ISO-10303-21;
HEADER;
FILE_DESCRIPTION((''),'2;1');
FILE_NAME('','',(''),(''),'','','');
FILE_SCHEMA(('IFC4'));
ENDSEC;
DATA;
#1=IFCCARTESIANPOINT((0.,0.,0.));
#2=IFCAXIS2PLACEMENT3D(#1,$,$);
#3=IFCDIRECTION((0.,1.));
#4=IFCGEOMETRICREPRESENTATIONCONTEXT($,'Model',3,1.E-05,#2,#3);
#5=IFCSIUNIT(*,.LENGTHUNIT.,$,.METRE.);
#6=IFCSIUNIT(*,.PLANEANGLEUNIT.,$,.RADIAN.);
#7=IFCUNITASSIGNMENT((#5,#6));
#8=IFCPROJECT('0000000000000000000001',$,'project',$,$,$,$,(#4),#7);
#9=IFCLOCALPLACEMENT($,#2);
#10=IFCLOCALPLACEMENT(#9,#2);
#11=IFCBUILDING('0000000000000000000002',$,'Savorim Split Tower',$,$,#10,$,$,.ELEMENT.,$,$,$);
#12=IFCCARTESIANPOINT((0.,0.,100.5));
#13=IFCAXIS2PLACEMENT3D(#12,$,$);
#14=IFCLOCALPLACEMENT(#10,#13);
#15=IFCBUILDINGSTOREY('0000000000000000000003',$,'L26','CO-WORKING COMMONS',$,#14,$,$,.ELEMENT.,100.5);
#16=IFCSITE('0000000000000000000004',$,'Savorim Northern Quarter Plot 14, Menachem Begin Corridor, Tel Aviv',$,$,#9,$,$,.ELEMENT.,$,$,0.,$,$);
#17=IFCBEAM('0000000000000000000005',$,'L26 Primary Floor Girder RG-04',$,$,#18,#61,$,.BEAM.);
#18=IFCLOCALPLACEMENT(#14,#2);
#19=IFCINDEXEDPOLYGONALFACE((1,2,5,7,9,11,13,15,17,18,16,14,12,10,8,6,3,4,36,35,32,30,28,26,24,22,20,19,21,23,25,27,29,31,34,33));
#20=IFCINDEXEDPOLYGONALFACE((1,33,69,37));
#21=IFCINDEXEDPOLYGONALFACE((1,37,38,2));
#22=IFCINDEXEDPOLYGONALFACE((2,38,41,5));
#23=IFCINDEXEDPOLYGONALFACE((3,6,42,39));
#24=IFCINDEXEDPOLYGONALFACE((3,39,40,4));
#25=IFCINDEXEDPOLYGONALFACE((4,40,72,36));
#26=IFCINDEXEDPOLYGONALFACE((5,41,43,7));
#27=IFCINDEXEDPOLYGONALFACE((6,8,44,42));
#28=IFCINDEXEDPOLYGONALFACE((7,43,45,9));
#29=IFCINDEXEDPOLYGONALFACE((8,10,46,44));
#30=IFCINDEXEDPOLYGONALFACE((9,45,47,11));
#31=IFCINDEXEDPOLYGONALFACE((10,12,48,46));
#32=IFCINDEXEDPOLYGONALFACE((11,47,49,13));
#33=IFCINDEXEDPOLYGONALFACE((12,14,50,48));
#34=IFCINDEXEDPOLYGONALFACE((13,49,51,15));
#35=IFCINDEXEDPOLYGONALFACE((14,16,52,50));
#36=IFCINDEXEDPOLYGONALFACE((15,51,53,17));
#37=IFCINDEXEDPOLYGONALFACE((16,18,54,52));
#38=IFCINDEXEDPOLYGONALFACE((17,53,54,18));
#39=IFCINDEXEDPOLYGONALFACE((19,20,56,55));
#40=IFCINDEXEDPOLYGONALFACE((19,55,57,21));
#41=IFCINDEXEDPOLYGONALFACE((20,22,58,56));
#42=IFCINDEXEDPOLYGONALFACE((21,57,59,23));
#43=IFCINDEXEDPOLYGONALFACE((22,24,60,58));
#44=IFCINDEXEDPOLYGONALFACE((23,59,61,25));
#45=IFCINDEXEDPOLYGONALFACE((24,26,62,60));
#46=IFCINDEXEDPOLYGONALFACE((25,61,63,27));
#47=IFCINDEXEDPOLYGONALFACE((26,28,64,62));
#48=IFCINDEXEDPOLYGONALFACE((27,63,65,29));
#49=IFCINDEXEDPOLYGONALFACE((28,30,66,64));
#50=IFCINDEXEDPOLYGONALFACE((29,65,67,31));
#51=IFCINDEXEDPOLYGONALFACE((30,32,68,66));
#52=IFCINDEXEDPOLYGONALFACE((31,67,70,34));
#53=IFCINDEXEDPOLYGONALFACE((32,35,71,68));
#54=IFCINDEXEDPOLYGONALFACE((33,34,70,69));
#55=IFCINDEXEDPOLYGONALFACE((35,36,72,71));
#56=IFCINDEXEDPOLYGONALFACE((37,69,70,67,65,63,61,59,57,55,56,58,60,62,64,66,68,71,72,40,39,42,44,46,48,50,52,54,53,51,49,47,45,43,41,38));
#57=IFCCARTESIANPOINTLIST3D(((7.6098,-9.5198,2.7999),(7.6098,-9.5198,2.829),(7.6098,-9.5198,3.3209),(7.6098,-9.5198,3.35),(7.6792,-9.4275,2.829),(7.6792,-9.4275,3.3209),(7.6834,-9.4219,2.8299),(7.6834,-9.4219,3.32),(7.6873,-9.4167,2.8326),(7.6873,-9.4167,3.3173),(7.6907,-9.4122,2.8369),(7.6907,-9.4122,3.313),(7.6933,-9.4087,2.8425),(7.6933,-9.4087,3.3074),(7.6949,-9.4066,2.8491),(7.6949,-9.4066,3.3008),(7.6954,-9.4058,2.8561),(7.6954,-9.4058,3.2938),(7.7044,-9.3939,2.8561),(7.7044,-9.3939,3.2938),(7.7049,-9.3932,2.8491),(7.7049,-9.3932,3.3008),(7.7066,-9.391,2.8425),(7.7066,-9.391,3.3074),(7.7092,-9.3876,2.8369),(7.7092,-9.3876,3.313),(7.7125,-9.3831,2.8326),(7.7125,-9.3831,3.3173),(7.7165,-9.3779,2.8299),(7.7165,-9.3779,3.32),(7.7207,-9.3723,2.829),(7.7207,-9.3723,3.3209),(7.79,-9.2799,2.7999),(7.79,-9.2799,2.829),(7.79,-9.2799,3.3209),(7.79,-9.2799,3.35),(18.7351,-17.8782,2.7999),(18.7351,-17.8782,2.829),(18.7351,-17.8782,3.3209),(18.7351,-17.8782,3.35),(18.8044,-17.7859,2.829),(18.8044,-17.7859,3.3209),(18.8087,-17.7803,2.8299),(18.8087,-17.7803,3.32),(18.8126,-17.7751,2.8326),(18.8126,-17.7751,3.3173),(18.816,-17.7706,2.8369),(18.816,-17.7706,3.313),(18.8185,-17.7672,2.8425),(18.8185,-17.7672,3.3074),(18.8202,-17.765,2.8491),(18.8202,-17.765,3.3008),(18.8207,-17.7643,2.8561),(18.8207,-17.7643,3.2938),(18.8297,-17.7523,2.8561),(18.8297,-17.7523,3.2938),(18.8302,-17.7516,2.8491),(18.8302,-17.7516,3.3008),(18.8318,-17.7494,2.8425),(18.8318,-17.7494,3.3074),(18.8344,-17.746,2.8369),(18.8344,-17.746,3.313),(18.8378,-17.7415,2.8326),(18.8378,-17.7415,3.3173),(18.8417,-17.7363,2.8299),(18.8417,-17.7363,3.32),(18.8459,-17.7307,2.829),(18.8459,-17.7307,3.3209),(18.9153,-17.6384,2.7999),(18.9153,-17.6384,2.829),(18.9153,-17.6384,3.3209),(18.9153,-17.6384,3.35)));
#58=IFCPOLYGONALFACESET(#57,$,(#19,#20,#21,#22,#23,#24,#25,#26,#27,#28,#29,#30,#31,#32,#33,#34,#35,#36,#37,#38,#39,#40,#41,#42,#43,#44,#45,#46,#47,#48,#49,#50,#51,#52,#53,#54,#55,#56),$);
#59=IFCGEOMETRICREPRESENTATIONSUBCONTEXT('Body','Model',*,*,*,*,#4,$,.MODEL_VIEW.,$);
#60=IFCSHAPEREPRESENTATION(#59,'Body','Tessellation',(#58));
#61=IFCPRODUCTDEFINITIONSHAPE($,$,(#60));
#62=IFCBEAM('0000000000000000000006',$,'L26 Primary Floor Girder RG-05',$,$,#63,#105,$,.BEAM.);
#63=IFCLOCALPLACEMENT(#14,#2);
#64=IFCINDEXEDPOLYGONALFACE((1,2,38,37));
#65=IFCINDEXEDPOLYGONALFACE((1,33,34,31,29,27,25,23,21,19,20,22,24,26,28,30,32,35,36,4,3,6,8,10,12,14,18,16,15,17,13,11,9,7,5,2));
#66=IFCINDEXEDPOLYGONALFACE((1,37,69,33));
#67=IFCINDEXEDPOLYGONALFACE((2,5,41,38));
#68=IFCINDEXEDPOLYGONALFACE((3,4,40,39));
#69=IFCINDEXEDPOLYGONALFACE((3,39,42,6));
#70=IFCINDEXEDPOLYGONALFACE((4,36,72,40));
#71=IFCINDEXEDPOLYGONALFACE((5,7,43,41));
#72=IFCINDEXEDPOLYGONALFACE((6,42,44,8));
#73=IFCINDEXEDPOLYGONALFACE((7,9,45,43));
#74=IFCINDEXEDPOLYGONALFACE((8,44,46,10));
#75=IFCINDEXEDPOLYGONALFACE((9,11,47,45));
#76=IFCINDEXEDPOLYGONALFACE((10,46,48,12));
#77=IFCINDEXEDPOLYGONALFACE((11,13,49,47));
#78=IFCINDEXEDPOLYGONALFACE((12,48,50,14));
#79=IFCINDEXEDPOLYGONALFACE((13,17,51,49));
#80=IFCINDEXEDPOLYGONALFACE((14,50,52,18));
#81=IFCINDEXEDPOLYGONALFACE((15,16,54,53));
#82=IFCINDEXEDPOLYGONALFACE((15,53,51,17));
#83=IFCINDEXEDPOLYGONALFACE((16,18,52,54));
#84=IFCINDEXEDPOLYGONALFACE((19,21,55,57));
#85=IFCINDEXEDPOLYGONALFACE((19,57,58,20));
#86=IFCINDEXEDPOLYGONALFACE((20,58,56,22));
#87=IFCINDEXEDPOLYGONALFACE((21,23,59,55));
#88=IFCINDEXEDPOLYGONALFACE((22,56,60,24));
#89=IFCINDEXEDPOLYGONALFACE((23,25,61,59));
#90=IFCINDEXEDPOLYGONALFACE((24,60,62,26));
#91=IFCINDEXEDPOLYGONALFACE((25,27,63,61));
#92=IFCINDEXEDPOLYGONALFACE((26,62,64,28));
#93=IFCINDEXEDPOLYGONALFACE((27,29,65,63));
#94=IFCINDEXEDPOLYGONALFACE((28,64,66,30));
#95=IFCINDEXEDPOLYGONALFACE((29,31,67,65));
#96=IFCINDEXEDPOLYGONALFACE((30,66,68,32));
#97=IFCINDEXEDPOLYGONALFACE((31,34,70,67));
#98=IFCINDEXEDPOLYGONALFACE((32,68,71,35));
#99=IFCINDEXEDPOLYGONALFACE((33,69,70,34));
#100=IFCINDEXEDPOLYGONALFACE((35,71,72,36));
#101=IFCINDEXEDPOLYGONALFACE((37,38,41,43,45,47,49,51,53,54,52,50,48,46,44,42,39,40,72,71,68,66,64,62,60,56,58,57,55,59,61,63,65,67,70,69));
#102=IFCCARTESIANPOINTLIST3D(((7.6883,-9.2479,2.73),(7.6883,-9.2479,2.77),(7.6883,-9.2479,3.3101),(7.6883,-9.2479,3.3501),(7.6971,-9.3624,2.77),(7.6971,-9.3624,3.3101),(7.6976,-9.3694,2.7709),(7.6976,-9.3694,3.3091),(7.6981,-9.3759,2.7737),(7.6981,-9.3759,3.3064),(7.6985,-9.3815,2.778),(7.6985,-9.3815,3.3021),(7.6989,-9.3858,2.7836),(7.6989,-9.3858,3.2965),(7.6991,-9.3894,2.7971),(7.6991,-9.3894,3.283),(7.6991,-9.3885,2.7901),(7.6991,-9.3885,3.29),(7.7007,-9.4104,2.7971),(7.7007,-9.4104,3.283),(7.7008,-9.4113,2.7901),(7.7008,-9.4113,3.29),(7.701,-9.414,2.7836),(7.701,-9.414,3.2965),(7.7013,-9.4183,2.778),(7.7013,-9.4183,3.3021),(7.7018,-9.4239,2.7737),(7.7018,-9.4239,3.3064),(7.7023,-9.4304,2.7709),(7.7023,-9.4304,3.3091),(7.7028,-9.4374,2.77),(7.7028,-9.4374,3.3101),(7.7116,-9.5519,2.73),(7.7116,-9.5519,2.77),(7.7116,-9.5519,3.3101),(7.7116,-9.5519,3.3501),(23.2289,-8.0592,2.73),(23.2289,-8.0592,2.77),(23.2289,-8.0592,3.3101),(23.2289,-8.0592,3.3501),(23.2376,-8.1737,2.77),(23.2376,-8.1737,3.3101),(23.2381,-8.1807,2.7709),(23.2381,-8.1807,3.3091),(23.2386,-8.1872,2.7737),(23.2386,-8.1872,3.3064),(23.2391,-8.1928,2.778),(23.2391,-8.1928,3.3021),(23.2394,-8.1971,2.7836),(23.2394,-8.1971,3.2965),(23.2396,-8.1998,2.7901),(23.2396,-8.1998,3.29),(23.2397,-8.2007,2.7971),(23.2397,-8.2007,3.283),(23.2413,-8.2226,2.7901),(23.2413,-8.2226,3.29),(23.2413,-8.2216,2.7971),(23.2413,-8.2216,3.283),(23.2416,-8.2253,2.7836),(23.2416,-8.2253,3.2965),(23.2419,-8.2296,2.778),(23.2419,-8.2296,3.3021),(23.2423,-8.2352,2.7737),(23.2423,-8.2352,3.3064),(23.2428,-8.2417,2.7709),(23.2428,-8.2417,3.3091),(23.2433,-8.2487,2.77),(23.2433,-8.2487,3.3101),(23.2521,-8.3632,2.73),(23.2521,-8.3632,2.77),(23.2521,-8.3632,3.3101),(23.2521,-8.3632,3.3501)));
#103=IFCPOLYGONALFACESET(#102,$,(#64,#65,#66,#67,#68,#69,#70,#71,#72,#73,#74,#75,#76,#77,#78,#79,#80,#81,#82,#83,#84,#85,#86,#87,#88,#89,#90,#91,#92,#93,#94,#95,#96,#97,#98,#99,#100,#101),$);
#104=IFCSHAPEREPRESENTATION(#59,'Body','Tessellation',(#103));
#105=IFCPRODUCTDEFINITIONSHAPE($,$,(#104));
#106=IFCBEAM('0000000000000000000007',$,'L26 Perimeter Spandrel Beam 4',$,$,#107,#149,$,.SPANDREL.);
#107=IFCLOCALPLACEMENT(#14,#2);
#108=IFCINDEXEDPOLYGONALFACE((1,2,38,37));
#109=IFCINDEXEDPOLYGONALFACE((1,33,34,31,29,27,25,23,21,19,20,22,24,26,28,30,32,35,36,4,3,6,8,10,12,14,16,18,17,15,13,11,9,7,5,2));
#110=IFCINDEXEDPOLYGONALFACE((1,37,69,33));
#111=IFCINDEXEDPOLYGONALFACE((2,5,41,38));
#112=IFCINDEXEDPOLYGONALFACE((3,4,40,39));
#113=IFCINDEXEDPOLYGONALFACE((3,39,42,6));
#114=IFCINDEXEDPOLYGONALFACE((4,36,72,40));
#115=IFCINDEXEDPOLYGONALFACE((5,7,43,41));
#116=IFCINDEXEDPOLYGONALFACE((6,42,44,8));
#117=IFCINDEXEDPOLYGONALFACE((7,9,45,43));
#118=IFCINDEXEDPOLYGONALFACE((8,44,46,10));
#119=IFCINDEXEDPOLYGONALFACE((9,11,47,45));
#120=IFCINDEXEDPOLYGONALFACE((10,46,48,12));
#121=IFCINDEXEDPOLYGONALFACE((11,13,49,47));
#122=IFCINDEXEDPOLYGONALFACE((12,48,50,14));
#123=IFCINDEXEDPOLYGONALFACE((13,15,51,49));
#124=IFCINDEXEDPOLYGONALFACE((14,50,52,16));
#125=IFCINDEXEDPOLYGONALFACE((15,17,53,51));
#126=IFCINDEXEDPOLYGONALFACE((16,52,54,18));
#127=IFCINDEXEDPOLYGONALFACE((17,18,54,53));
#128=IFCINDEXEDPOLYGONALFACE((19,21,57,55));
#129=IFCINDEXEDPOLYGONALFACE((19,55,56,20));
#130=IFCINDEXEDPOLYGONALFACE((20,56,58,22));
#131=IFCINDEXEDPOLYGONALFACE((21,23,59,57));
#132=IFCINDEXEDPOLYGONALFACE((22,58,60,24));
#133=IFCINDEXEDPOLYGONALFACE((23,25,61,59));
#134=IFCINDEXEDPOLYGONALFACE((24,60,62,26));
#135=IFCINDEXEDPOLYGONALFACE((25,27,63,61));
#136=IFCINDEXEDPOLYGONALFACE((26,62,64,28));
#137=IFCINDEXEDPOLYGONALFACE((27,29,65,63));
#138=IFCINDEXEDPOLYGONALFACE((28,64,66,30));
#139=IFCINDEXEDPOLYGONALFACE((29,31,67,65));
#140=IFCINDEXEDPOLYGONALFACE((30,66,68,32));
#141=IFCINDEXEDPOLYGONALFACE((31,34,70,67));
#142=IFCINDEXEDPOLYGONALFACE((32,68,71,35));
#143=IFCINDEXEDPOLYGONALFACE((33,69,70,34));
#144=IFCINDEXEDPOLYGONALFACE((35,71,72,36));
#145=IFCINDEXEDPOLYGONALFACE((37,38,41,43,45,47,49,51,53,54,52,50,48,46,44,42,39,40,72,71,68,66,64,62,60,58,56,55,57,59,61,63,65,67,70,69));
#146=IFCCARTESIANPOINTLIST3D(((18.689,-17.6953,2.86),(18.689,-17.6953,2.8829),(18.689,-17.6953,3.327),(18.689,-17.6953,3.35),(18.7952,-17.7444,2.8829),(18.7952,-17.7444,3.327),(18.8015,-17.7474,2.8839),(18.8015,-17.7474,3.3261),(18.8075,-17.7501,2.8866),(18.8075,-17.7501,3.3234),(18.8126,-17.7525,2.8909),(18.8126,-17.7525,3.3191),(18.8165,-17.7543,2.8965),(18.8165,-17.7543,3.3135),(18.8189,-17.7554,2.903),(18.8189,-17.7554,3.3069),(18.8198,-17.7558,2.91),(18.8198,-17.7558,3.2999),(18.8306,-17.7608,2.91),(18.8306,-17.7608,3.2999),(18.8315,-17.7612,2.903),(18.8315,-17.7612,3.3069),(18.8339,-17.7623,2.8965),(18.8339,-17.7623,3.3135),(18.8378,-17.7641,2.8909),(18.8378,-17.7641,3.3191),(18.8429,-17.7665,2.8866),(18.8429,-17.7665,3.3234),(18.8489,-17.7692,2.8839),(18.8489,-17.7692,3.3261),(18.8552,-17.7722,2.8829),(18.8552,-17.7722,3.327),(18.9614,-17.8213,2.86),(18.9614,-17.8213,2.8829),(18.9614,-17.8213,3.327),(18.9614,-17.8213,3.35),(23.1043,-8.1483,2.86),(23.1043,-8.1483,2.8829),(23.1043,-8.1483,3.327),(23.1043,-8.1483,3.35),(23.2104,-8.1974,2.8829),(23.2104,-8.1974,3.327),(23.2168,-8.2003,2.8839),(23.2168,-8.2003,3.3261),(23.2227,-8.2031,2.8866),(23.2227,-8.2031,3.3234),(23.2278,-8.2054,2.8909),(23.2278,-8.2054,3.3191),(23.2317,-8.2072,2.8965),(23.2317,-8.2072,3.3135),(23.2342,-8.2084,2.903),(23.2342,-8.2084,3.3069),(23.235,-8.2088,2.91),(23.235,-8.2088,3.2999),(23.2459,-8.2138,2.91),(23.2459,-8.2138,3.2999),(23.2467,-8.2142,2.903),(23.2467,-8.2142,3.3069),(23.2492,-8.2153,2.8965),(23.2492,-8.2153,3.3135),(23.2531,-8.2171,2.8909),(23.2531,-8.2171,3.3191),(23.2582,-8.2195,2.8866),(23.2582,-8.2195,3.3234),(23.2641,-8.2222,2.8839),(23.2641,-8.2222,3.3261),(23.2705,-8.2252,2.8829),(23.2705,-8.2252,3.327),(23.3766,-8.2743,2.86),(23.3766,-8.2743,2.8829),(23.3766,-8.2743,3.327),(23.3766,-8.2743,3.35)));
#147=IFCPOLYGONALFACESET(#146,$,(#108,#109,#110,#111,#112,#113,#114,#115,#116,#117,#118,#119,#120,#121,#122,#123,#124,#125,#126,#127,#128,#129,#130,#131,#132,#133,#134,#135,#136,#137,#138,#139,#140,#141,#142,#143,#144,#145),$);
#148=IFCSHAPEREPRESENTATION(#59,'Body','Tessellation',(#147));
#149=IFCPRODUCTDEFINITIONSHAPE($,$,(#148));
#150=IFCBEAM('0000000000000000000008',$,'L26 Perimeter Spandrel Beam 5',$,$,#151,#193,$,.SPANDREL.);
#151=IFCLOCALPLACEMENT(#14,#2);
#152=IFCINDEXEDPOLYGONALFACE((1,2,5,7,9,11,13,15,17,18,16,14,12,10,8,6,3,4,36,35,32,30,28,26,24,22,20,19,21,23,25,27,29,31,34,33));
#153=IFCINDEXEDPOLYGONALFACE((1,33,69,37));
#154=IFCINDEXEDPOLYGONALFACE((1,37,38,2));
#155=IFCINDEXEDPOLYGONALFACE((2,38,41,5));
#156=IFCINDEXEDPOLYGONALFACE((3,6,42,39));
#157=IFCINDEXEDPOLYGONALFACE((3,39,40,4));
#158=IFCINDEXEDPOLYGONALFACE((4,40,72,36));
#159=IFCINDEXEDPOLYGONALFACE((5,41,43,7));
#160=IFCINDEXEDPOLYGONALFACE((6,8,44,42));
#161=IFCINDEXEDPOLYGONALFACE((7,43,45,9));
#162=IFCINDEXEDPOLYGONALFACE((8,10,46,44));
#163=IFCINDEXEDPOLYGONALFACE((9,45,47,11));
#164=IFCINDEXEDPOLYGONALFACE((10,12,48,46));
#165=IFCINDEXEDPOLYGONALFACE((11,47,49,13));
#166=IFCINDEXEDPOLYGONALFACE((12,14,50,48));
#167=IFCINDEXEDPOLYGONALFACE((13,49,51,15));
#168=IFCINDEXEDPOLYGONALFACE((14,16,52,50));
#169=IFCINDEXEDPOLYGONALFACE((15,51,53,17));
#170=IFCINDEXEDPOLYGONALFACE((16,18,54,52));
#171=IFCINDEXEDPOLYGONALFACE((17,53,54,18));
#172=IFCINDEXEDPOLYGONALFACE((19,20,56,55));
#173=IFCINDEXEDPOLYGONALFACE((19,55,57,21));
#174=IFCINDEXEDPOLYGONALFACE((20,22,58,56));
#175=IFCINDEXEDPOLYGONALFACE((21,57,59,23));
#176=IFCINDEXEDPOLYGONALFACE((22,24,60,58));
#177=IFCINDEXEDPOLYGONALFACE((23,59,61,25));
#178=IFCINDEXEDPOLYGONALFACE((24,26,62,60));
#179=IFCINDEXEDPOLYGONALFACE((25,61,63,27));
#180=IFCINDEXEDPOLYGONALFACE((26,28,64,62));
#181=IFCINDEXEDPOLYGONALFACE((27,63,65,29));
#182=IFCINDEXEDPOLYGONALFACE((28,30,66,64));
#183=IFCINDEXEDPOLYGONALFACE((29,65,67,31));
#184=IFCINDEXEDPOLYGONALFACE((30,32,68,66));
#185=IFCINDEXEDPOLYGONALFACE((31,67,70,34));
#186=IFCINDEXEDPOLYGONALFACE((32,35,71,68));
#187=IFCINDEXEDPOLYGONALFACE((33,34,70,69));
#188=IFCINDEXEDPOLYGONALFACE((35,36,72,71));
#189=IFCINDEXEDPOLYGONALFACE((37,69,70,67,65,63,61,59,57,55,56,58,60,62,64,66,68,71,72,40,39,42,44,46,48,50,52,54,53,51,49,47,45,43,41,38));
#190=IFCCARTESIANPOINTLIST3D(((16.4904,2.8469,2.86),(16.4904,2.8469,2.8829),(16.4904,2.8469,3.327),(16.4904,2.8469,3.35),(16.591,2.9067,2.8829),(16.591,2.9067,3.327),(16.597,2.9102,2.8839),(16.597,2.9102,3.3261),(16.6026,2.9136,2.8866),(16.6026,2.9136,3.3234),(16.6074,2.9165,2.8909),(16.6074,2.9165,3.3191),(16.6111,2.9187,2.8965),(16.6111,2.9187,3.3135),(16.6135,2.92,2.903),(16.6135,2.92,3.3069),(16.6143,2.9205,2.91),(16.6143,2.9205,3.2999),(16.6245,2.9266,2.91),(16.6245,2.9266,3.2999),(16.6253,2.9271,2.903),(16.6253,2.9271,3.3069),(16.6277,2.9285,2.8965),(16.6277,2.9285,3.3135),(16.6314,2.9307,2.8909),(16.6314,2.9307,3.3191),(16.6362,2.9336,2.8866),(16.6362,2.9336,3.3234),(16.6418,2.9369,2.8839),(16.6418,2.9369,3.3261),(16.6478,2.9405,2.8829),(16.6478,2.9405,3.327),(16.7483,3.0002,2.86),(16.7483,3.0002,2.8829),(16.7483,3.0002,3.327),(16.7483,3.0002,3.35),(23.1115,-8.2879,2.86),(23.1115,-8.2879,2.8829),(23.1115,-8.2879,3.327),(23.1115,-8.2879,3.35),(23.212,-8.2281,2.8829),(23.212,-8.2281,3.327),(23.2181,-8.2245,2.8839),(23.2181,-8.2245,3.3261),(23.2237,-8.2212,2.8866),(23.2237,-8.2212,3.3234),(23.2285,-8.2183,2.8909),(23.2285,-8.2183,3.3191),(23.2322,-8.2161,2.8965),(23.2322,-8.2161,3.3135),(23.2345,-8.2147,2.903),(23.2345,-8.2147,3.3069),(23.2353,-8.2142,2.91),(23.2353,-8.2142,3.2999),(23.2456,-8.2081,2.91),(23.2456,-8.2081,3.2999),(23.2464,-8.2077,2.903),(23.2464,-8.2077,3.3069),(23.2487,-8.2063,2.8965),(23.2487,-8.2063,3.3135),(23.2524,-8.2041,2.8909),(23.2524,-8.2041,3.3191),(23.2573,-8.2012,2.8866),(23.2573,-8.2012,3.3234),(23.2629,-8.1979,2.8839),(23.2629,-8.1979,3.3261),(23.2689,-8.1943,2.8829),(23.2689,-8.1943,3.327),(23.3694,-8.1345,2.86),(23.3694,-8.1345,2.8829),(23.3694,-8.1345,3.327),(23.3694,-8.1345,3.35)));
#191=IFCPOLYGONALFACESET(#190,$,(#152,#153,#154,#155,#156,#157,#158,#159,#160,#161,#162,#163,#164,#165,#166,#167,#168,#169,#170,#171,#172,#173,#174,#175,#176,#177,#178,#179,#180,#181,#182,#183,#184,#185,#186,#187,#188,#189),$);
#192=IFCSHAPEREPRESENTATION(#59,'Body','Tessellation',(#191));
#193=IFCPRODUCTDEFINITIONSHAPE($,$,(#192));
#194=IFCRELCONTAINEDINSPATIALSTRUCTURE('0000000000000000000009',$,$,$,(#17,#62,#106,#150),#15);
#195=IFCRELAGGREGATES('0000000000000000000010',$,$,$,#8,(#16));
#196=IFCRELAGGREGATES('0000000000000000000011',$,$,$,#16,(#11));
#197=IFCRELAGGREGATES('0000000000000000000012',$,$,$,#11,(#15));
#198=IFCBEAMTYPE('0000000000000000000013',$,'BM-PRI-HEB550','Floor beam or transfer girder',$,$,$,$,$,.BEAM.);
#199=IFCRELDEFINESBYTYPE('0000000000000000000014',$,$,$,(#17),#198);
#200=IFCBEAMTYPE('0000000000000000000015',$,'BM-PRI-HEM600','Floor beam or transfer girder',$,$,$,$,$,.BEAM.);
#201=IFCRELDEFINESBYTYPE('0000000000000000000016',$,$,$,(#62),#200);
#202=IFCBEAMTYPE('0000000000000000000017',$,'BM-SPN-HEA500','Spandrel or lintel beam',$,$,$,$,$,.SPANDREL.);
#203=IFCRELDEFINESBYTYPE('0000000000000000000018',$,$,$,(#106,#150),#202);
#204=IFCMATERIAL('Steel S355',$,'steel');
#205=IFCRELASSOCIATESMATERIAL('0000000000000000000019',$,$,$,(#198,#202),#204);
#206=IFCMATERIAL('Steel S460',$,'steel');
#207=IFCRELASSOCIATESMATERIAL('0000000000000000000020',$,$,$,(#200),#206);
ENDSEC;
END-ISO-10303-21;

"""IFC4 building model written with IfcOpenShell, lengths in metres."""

from ifc_helpers import new_model, si_unit, direction, frame, origin, origin_2d, place, context, subcontext, project, spatial, i_section, extrude, material, material_profile, profile_set, type_object, element, save


model = new_model("IFC4")

# Units and contexts
model_context = context("Model", 3, precision=1e-05, world=origin(), true_north=direction((0.0, 1.0)))
body_context = subcontext(model_context, "Body", "Model", "MODEL_VIEW")
ifc_project = project(units=[si_unit("LENGTHUNIT", "METRE"), si_unit("PLANEANGLEUNIT", "RADIAN")], contexts=[model_context])

# Site, building, storey
site_placement = place(None, origin())
site = spatial("IfcSite", under=ifc_project, at=site_placement, Name="Savorim Northern Quarter Plot 14, Menachem Begin Corridor, Tel Aviv", CompositionType="ELEMENT", RefElevation=0.0)
building_placement = place(site_placement, origin())
building = spatial("IfcBuilding", under=site, at=building_placement, Name="Savorim Split Tower", CompositionType="ELEMENT")
storey_placement = place(building_placement, frame((0.0, 0.0, 100.5)))
storey = spatial("IfcBuildingStorey", under=building, at=storey_placement, Name="L26", Description="CO-WORKING COMMONS", CompositionType="ELEMENT", Elevation=100.5)

# Shared definitions
ifc_material_1 = material(Name="Steel S460", Category="steel")

# Beams
ifc_material_2 = material(Name="Steel S355", Category="steel")
ifc_material_profile_1 = material_profile(ifc_material_2, i_section(OverallWidth=0.3, OverallDepth=0.55, WebThickness=0.0149, FlangeThickness=0.0291, FilletRadius=0.0271, at=origin_2d()), Name="HEB 550")
ifc_profile_set_1 = profile_set([ifc_material_profile_1], Name="Steel S355")
beam_type_1 = type_object("IfcBeamType", Name="BM-PRI-HEB550", Description="Floor beam or transfer girder", PredefinedType="BEAM", material=ifc_profile_set_1)
beam_1_placement = place(storey_placement, frame((18.8252, -17.7583, 3.075), z_axis=(-0.799501, 0.600665, 0.0), x_axis=(-0.600665, -0.799501, 0.0)))
element("IfcBeam", 1, at=beam_1_placement, inside=storey, type_object=beam_type_1, Name="L26 Primary Floor Girder RG-04", PredefinedType="BEAM", context=body_context, shape_type="SweptSolid", body=[
    extrude(i_section(OverallWidth=0.3, OverallDepth=0.55, WebThickness=0.0149, FlangeThickness=0.0291, FilletRadius=0.0271, at=origin_2d()), origin(), (0.0, 0.0, 1.0), 13.9153),
])
ifc_material_profile_2 = material_profile(ifc_material_1, i_section(OverallWidth=0.3049, OverallDepth=0.6201, WebThickness=0.021, FlangeThickness=0.04, FilletRadius=0.0271, at=origin_2d()), Name="HE 600 M")
ifc_profile_set_2 = profile_set([ifc_material_profile_2], Name="Steel S460")
beam_type_2 = type_object("IfcBeamType", Name="BM-PRI-HEM600", Description="Floor beam or transfer girder", PredefinedType="BEAM", material=ifc_profile_set_2)
beam_2_placement = place(storey_placement, frame((23.2405, -8.2112, 3.04), z_axis=(-0.997087, -0.076269, 0.0), x_axis=(0.076269, -0.997087, 0.0)))
element("IfcBeam", 2, at=beam_2_placement, inside=storey, type_object=beam_type_2, Name="L26 Primary Floor Girder RG-05", PredefinedType="BEAM", context=body_context, shape_type="SweptSolid", body=[
    extrude(i_section(OverallWidth=0.3049, OverallDepth=0.6201, WebThickness=0.021, FlangeThickness=0.04, FilletRadius=0.0271, at=origin_2d()), origin(), (0.0, 0.0, 1.0), 15.5859),
])
ifc_material_profile_3 = material_profile(ifc_material_2, i_section(OverallWidth=0.3, OverallDepth=0.49, WebThickness=0.012, FlangeThickness=0.0229, FilletRadius=0.0271, at=origin_2d()), Name="HEA 500")
ifc_profile_set_3 = profile_set([ifc_material_profile_3], Name="Steel S355")
beam_type_3 = type_object("IfcBeamType", Name="BM-SPN-HEA500", Description="Spandrel or lintel beam", PredefinedType="SPANDREL", material=ifc_profile_set_3)
beam_3_placement = place(storey_placement, frame((18.8252, -17.7583, 3.105), z_axis=(0.419757, 0.907636, 0.0), x_axis=(-0.907636, 0.419757, 0.0)))
element("IfcBeam", 3, at=beam_3_placement, inside=storey, type_object=beam_type_3, Name="L26 Perimeter Spandrel Beam 4", PredefinedType="SPANDREL", context=body_context, shape_type="SweptSolid", body=[
    extrude(i_section(OverallWidth=0.3, OverallDepth=0.49, WebThickness=0.012, FlangeThickness=0.0229, FilletRadius=0.0271, at=origin_2d()), origin(), (0.0, 0.0, 1.0), 10.5186),
])
beam_4_placement = place(storey_placement, frame((23.2405, -8.2112, 3.105), z_axis=(-0.511099, 0.859522, 0.0), x_axis=(-0.859522, -0.511099, 0.0)))
element("IfcBeam", 4, at=beam_4_placement, inside=storey, type_object=beam_type_3, Name="L26 Perimeter Spandrel Beam 5", PredefinedType="SPANDREL", context=body_context, shape_type="SweptSolid", body=[
    extrude(i_section(OverallWidth=0.3, OverallDepth=0.49, WebThickness=0.012, FlangeThickness=0.0229, FilletRadius=0.0271, at=origin_2d()), origin(), (0.0, 0.0, 1.0), 12.9546),
])

save(model, "model.ifc")
